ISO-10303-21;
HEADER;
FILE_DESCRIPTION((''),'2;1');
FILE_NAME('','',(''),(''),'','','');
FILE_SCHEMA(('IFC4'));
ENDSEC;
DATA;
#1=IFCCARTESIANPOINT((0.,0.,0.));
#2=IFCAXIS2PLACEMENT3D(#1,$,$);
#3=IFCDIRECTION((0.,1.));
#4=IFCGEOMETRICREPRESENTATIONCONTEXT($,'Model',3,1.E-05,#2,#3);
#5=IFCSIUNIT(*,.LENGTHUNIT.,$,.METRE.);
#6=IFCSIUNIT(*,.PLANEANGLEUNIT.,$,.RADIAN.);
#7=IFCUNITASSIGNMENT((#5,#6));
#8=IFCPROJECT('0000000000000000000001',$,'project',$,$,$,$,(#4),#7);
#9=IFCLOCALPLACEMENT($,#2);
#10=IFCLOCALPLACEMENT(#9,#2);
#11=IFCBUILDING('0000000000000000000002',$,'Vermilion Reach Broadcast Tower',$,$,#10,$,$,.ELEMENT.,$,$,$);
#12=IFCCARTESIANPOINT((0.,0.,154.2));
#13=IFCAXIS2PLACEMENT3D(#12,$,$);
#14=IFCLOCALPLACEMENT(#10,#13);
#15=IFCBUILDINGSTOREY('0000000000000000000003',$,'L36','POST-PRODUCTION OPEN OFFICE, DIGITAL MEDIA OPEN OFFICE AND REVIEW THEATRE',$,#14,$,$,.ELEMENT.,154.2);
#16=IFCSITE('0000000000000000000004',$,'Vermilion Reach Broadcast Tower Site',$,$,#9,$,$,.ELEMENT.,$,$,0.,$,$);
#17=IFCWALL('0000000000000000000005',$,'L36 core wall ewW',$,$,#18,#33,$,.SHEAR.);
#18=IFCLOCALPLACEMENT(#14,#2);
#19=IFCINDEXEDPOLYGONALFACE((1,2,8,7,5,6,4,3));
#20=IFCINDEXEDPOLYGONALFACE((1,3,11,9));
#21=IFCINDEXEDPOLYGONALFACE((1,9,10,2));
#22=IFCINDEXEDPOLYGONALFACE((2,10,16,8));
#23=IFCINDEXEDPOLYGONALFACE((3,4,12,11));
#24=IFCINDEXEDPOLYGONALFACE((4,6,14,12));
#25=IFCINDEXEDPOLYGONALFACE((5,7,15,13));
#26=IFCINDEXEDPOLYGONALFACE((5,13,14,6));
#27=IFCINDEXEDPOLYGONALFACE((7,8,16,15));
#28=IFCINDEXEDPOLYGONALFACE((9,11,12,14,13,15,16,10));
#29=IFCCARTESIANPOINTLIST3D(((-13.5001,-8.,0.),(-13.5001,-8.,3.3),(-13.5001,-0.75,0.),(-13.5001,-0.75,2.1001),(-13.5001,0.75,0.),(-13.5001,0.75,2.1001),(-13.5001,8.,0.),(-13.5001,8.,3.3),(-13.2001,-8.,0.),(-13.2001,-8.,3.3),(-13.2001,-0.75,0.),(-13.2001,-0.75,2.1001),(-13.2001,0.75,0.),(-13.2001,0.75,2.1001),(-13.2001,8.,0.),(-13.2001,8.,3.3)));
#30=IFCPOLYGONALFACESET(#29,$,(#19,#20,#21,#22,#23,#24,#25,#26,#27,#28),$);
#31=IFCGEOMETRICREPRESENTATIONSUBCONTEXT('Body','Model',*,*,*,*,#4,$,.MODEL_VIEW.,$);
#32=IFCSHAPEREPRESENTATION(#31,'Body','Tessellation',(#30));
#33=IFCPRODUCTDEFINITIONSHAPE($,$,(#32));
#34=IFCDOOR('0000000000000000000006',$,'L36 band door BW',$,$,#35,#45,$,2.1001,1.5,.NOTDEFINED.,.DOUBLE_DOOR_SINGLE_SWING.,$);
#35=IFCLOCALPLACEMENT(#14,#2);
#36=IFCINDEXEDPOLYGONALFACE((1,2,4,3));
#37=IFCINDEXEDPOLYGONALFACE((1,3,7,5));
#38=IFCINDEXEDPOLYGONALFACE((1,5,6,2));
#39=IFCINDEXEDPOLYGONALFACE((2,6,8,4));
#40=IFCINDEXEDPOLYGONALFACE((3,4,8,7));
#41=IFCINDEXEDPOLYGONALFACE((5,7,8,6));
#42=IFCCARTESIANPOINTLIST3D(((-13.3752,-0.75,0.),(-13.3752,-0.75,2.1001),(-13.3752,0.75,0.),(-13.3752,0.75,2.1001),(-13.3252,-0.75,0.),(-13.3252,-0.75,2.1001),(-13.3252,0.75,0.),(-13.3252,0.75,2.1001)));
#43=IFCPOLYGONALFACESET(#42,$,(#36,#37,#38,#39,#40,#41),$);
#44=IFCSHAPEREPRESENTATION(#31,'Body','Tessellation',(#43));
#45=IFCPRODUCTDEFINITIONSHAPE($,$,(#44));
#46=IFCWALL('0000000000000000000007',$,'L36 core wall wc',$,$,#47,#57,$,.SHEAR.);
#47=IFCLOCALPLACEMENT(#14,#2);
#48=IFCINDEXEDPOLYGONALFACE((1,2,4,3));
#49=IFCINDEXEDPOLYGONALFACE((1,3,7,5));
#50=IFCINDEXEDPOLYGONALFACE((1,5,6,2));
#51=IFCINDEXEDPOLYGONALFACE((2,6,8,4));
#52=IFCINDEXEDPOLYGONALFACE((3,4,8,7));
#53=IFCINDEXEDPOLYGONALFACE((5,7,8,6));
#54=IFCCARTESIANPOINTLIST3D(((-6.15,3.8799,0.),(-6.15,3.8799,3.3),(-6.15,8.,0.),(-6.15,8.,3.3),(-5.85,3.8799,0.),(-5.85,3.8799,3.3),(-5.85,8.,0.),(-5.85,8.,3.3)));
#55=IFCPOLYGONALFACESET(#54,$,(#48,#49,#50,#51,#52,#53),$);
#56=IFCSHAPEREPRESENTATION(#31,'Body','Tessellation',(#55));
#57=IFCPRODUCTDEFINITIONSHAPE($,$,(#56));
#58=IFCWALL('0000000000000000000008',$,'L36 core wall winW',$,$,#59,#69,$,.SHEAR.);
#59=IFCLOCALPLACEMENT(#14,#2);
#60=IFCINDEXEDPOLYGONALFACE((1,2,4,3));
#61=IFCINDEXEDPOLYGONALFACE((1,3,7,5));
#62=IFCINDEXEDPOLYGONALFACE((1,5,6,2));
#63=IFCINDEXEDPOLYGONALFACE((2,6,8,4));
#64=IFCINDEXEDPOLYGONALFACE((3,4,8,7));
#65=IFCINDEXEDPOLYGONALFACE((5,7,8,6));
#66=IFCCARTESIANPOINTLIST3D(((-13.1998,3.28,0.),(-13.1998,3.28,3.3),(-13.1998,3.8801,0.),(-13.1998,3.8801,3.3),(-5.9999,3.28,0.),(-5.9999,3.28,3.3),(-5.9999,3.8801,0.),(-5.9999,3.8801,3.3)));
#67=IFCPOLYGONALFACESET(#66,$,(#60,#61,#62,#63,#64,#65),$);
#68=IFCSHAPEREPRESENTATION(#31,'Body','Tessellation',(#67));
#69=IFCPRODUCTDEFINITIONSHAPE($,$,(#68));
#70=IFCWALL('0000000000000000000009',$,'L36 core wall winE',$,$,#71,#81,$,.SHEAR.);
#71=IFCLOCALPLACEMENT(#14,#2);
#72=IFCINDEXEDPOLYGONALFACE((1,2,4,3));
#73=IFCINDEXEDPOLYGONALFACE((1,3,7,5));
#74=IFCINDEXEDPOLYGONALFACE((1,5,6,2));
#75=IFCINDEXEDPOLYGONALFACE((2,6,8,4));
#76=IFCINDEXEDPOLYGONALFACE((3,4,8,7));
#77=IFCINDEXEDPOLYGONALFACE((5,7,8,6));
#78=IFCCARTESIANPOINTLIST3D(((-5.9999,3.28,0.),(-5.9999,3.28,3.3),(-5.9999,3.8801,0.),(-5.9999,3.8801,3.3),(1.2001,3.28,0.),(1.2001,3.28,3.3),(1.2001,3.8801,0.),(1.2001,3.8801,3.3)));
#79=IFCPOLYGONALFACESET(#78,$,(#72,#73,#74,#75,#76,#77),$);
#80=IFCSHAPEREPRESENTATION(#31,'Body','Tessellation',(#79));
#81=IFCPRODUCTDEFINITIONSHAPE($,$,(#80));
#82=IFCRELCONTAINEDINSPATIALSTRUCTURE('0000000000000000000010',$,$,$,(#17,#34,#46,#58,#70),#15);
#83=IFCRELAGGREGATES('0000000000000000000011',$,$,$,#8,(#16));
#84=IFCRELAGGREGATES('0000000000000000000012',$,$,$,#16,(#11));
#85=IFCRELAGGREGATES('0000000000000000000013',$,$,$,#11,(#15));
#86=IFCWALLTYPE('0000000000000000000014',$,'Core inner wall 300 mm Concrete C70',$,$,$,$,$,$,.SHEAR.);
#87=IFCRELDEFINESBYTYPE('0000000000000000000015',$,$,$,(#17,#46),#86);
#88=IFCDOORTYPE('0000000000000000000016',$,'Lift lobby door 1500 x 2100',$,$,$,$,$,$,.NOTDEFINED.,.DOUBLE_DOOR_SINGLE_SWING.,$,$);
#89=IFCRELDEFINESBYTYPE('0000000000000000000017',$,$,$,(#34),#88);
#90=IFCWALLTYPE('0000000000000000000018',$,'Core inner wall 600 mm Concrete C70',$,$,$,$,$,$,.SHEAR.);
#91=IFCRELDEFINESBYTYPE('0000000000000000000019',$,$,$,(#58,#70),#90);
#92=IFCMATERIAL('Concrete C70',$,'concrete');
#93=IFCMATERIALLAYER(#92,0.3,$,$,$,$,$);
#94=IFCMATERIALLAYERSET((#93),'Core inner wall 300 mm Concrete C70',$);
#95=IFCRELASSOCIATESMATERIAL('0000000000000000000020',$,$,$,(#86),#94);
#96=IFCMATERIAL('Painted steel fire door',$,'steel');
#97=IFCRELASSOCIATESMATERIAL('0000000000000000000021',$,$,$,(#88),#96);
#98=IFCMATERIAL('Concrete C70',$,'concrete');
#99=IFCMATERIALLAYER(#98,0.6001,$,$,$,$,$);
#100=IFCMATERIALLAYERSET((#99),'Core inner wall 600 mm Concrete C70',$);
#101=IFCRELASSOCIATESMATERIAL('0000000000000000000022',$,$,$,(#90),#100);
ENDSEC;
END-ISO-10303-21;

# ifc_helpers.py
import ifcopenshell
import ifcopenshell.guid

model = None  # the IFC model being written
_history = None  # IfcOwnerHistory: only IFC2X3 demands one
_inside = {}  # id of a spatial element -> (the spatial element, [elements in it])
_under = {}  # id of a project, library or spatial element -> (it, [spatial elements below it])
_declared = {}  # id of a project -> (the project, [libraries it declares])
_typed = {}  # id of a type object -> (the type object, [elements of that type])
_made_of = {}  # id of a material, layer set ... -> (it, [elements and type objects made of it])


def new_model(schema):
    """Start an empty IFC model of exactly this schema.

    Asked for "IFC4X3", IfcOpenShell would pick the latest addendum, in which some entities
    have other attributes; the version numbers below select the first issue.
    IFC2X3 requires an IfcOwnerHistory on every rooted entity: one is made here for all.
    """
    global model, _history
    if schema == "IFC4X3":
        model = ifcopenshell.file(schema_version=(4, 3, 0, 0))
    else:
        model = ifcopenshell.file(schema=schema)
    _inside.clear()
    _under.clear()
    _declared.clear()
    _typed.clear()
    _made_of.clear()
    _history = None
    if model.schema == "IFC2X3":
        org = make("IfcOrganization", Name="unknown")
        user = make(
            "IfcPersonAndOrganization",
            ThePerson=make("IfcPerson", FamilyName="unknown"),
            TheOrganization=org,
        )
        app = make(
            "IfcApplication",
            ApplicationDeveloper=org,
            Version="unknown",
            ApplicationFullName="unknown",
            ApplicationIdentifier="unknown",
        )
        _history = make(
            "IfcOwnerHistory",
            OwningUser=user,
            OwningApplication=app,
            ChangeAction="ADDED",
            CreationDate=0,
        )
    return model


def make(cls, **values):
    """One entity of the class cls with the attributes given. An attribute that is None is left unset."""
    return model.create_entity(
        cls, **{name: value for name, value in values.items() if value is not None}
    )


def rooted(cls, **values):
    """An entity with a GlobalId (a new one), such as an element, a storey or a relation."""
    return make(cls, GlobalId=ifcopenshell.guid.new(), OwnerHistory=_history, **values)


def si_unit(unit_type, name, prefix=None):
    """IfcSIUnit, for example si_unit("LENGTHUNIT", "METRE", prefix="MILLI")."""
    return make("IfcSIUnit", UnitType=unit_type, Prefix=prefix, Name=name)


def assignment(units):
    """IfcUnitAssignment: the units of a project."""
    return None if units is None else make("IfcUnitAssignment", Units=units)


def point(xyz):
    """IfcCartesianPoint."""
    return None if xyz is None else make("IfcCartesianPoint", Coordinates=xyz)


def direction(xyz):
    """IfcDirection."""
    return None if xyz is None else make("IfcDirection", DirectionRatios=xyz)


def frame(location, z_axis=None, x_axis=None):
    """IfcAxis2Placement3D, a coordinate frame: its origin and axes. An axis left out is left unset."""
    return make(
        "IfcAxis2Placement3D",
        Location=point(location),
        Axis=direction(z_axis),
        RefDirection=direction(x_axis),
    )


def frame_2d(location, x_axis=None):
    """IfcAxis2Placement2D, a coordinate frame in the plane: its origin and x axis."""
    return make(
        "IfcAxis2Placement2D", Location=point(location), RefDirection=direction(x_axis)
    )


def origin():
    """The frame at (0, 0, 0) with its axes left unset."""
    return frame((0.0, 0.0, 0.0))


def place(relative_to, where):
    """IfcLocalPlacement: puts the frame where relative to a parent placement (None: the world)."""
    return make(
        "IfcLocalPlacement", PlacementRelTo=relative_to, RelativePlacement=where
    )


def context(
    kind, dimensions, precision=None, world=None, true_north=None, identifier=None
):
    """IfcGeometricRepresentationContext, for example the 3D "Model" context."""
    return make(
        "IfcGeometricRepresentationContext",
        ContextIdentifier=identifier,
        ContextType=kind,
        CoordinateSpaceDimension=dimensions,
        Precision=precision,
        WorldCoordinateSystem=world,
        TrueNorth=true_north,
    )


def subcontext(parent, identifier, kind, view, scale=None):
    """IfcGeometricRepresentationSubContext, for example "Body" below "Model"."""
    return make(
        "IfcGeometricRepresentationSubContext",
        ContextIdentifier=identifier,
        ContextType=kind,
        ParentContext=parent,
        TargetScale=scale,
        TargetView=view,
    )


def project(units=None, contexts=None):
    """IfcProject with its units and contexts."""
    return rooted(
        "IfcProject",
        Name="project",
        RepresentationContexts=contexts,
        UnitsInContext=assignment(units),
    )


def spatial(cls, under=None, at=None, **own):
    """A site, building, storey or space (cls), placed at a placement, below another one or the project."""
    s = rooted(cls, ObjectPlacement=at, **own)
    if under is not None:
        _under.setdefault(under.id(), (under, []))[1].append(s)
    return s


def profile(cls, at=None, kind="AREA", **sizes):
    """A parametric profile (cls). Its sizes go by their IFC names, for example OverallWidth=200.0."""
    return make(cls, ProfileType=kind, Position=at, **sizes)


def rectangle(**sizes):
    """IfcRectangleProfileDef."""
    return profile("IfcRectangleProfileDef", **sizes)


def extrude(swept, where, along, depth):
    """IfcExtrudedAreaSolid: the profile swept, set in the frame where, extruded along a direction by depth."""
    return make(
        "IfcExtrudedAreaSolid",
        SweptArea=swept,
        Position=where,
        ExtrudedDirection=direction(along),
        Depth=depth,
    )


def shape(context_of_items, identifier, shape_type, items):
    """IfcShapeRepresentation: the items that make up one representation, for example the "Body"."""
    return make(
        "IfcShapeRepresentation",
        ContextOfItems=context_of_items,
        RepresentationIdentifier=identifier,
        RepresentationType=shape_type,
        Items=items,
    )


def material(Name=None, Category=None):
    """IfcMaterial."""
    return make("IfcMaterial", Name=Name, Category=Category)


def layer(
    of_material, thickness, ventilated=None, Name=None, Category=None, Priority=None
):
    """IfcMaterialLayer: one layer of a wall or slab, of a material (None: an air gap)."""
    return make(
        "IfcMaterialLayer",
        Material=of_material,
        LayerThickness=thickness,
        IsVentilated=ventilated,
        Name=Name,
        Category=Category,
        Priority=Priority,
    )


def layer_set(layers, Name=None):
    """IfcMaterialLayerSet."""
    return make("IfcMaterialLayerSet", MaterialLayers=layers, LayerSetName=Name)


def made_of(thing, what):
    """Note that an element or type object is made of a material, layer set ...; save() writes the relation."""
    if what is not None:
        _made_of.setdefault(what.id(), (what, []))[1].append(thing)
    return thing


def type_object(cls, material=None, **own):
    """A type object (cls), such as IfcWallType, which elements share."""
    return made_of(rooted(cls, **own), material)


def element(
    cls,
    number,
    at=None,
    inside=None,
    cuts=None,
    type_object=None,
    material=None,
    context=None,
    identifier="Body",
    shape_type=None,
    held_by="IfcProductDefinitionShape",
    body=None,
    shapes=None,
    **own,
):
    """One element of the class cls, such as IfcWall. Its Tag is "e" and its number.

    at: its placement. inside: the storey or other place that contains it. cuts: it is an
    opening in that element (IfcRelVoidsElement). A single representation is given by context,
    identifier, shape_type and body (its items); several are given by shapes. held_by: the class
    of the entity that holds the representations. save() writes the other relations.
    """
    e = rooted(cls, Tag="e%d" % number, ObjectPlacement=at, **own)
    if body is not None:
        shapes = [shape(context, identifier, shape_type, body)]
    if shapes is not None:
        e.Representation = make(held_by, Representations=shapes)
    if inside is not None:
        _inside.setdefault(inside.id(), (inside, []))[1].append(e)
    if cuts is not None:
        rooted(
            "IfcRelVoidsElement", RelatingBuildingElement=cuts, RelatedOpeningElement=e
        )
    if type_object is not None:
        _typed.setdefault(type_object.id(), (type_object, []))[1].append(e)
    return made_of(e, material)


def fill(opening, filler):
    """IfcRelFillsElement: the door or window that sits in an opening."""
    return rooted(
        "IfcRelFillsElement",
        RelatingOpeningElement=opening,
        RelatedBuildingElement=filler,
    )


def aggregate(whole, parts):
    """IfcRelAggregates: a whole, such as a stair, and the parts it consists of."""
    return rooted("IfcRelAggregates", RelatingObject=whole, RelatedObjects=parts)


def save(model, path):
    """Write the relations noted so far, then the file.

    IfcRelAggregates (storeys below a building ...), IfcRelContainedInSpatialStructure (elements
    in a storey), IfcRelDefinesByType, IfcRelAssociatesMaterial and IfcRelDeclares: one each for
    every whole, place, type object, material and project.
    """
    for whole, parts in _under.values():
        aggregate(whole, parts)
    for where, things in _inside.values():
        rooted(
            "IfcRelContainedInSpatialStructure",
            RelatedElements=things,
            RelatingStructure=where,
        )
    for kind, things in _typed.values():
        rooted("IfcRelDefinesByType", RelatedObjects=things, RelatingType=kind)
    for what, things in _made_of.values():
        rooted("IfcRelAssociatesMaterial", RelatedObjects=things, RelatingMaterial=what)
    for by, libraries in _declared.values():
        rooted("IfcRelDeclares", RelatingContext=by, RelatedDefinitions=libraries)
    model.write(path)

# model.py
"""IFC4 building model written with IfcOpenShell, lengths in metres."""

from ifc_helpers import new_model, si_unit, direction, frame, frame_2d, origin, place, context, subcontext, project, spatial, rectangle, extrude, material, layer, layer_set, type_object, element, fill, save


model = new_model("IFC4")

# Units and contexts
model_context = context("Model", 3, precision=1e-05, world=origin(), true_north=direction((0.0, 1.0)))
body_context = subcontext(model_context, "Body", "Model", "MODEL_VIEW")
ifc_project = project(units=[si_unit("LENGTHUNIT", "METRE"), si_unit("PLANEANGLEUNIT", "RADIAN")], contexts=[model_context])

# Site, building, storey
site_placement = place(None, origin())
site = spatial("IfcSite", under=ifc_project, at=site_placement, Name="Vermilion Reach Broadcast Tower Site", CompositionType="ELEMENT", RefElevation=0.0)
building_placement = place(site_placement, origin())
building = spatial("IfcBuilding", under=site, at=building_placement, Name="Vermilion Reach Broadcast Tower", CompositionType="ELEMENT")
storey_placement = place(building_placement, frame((0.0, 0.0, 154.2)))
storey = spatial("IfcBuildingStorey", under=building, at=storey_placement, Name="L36", Description="POST-PRODUCTION OPEN OFFICE, DIGITAL MEDIA OPEN OFFICE AND REVIEW THEATRE", CompositionType="ELEMENT", Elevation=154.2)

# Wall, opening, door
ifc_material_1 = material(Name="Concrete C70", Category="concrete")
ifc_layer_1 = layer(ifc_material_1, 0.3)
ifc_layer_set_1 = layer_set([ifc_layer_1], Name="Core inner wall 300 mm Concrete C70")
wall_type_1 = type_object("IfcWallType", Name="Core inner wall 300 mm Concrete C70", PredefinedType="SHEAR", material=ifc_layer_set_1)
wall_1_placement = place(storey_placement, frame((-13.3501, 8.0, 0.0), z_axis=(0.0, 0.0, 1.0), x_axis=(0.0, -1.0, 0.0)))
wall_1 = element("IfcWall", 1, at=wall_1_placement, inside=storey, type_object=wall_type_1, Name="L36 core wall ewW", PredefinedType="SHEAR", context=body_context, shape_type="SweptSolid", body=[
    extrude(rectangle(XDim=16.0, YDim=0.3, at=frame_2d((8.0, 0.0))), origin(), (0.0, 0.0, 1.0), 3.3),
])
opening_1_placement = place(wall_1_placement, frame((7.25, 0.0, 0.0)))
opening_1 = element("IfcOpeningElement", 2, at=opening_1_placement, cuts=wall_1, PredefinedType="OPENING", context=body_context, shape_type="SweptSolid", body=[
    extrude(rectangle(XDim=1.5, YDim=2.1001, at=frame_2d((0.75, 1.05))), frame((0.0, 0.1599, 0.0), z_axis=(0.0, -1.0, 0.0), x_axis=(1.0, 0.0, 0.0)), (0.0, 0.0, 1.0), 0.3201),
])
ifc_material_2 = material(Name="Painted steel fire door", Category="steel")
door_type_1 = type_object("IfcDoorType", Name="Lift lobby door 1500 x 2100", OperationType="DOUBLE_DOOR_SINGLE_SWING", PredefinedType="NOTDEFINED", material=ifc_material_2)
door_1_placement = place(opening_1_placement, origin())
door_1 = element("IfcDoor", 3, at=door_1_placement, inside=storey, type_object=door_type_1, Name="L36 band door BW", OperationType="DOUBLE_DOOR_SINGLE_SWING", OverallHeight=2.1001, OverallWidth=1.5, PredefinedType="NOTDEFINED", context=body_context, shape_type="SweptSolid", body=[
    extrude(rectangle(XDim=1.5, YDim=2.1001, at=frame_2d((0.75, 1.05))), frame((0.0, 0.0249, 0.0), z_axis=(0.0, -1.0, 0.0), x_axis=(1.0, 0.0, 0.0)), (0.0, 0.0, 1.0), 0.05),
])
fill(opening_1, door_1)

# Walls
wall_2_placement = place(storey_placement, frame((-6.0, 3.8799, 0.0), z_axis=(0.0, 0.0, 1.0), x_axis=(0.0, 1.0, 0.0)))
element("IfcWall", 4, at=wall_2_placement, inside=storey, type_object=wall_type_1, Name="L36 core wall wc", PredefinedType="SHEAR", context=body_context, shape_type="SweptSolid", body=[
    extrude(rectangle(XDim=4.1201, YDim=0.3, at=frame_2d((2.0601, 0.0))), origin(), (0.0, 0.0, 1.0), 3.3),
])
ifc_material_3 = material(Name="Concrete C70", Category="concrete")
ifc_layer_2 = layer(ifc_material_3, 0.6001)
ifc_layer_set_2 = layer_set([ifc_layer_2], Name="Core inner wall 600 mm Concrete C70")
wall_type_2 = type_object("IfcWallType", Name="Core inner wall 600 mm Concrete C70", PredefinedType="SHEAR", material=ifc_layer_set_2)
for number, where, z_axis, x_axis, name in (
    (5, (-13.2, 3.5801, 0.0), (0.0, 0.0, 1.0), (1.0, 0.0, 0.0), "L36 core wall winW"),
    (6, (-6.0, 3.5801, 0.0), (0.0, 0.0, 1.0), (1.0, 0.0, 0.0), "L36 core wall winE"),
):
    element("IfcWall", number, at=place(storey_placement, frame(where, z_axis=z_axis, x_axis=x_axis)), inside=storey, type_object=wall_type_2, Name=name, PredefinedType="SHEAR", context=body_context, shape_type="SweptSolid", body=[
        extrude(rectangle(XDim=7.2, YDim=0.6001, at=frame_2d((3.6001, 0.0))), origin(), (0.0, 0.0, 1.0), 3.3),
    ])

save(model, "model.ifc")
